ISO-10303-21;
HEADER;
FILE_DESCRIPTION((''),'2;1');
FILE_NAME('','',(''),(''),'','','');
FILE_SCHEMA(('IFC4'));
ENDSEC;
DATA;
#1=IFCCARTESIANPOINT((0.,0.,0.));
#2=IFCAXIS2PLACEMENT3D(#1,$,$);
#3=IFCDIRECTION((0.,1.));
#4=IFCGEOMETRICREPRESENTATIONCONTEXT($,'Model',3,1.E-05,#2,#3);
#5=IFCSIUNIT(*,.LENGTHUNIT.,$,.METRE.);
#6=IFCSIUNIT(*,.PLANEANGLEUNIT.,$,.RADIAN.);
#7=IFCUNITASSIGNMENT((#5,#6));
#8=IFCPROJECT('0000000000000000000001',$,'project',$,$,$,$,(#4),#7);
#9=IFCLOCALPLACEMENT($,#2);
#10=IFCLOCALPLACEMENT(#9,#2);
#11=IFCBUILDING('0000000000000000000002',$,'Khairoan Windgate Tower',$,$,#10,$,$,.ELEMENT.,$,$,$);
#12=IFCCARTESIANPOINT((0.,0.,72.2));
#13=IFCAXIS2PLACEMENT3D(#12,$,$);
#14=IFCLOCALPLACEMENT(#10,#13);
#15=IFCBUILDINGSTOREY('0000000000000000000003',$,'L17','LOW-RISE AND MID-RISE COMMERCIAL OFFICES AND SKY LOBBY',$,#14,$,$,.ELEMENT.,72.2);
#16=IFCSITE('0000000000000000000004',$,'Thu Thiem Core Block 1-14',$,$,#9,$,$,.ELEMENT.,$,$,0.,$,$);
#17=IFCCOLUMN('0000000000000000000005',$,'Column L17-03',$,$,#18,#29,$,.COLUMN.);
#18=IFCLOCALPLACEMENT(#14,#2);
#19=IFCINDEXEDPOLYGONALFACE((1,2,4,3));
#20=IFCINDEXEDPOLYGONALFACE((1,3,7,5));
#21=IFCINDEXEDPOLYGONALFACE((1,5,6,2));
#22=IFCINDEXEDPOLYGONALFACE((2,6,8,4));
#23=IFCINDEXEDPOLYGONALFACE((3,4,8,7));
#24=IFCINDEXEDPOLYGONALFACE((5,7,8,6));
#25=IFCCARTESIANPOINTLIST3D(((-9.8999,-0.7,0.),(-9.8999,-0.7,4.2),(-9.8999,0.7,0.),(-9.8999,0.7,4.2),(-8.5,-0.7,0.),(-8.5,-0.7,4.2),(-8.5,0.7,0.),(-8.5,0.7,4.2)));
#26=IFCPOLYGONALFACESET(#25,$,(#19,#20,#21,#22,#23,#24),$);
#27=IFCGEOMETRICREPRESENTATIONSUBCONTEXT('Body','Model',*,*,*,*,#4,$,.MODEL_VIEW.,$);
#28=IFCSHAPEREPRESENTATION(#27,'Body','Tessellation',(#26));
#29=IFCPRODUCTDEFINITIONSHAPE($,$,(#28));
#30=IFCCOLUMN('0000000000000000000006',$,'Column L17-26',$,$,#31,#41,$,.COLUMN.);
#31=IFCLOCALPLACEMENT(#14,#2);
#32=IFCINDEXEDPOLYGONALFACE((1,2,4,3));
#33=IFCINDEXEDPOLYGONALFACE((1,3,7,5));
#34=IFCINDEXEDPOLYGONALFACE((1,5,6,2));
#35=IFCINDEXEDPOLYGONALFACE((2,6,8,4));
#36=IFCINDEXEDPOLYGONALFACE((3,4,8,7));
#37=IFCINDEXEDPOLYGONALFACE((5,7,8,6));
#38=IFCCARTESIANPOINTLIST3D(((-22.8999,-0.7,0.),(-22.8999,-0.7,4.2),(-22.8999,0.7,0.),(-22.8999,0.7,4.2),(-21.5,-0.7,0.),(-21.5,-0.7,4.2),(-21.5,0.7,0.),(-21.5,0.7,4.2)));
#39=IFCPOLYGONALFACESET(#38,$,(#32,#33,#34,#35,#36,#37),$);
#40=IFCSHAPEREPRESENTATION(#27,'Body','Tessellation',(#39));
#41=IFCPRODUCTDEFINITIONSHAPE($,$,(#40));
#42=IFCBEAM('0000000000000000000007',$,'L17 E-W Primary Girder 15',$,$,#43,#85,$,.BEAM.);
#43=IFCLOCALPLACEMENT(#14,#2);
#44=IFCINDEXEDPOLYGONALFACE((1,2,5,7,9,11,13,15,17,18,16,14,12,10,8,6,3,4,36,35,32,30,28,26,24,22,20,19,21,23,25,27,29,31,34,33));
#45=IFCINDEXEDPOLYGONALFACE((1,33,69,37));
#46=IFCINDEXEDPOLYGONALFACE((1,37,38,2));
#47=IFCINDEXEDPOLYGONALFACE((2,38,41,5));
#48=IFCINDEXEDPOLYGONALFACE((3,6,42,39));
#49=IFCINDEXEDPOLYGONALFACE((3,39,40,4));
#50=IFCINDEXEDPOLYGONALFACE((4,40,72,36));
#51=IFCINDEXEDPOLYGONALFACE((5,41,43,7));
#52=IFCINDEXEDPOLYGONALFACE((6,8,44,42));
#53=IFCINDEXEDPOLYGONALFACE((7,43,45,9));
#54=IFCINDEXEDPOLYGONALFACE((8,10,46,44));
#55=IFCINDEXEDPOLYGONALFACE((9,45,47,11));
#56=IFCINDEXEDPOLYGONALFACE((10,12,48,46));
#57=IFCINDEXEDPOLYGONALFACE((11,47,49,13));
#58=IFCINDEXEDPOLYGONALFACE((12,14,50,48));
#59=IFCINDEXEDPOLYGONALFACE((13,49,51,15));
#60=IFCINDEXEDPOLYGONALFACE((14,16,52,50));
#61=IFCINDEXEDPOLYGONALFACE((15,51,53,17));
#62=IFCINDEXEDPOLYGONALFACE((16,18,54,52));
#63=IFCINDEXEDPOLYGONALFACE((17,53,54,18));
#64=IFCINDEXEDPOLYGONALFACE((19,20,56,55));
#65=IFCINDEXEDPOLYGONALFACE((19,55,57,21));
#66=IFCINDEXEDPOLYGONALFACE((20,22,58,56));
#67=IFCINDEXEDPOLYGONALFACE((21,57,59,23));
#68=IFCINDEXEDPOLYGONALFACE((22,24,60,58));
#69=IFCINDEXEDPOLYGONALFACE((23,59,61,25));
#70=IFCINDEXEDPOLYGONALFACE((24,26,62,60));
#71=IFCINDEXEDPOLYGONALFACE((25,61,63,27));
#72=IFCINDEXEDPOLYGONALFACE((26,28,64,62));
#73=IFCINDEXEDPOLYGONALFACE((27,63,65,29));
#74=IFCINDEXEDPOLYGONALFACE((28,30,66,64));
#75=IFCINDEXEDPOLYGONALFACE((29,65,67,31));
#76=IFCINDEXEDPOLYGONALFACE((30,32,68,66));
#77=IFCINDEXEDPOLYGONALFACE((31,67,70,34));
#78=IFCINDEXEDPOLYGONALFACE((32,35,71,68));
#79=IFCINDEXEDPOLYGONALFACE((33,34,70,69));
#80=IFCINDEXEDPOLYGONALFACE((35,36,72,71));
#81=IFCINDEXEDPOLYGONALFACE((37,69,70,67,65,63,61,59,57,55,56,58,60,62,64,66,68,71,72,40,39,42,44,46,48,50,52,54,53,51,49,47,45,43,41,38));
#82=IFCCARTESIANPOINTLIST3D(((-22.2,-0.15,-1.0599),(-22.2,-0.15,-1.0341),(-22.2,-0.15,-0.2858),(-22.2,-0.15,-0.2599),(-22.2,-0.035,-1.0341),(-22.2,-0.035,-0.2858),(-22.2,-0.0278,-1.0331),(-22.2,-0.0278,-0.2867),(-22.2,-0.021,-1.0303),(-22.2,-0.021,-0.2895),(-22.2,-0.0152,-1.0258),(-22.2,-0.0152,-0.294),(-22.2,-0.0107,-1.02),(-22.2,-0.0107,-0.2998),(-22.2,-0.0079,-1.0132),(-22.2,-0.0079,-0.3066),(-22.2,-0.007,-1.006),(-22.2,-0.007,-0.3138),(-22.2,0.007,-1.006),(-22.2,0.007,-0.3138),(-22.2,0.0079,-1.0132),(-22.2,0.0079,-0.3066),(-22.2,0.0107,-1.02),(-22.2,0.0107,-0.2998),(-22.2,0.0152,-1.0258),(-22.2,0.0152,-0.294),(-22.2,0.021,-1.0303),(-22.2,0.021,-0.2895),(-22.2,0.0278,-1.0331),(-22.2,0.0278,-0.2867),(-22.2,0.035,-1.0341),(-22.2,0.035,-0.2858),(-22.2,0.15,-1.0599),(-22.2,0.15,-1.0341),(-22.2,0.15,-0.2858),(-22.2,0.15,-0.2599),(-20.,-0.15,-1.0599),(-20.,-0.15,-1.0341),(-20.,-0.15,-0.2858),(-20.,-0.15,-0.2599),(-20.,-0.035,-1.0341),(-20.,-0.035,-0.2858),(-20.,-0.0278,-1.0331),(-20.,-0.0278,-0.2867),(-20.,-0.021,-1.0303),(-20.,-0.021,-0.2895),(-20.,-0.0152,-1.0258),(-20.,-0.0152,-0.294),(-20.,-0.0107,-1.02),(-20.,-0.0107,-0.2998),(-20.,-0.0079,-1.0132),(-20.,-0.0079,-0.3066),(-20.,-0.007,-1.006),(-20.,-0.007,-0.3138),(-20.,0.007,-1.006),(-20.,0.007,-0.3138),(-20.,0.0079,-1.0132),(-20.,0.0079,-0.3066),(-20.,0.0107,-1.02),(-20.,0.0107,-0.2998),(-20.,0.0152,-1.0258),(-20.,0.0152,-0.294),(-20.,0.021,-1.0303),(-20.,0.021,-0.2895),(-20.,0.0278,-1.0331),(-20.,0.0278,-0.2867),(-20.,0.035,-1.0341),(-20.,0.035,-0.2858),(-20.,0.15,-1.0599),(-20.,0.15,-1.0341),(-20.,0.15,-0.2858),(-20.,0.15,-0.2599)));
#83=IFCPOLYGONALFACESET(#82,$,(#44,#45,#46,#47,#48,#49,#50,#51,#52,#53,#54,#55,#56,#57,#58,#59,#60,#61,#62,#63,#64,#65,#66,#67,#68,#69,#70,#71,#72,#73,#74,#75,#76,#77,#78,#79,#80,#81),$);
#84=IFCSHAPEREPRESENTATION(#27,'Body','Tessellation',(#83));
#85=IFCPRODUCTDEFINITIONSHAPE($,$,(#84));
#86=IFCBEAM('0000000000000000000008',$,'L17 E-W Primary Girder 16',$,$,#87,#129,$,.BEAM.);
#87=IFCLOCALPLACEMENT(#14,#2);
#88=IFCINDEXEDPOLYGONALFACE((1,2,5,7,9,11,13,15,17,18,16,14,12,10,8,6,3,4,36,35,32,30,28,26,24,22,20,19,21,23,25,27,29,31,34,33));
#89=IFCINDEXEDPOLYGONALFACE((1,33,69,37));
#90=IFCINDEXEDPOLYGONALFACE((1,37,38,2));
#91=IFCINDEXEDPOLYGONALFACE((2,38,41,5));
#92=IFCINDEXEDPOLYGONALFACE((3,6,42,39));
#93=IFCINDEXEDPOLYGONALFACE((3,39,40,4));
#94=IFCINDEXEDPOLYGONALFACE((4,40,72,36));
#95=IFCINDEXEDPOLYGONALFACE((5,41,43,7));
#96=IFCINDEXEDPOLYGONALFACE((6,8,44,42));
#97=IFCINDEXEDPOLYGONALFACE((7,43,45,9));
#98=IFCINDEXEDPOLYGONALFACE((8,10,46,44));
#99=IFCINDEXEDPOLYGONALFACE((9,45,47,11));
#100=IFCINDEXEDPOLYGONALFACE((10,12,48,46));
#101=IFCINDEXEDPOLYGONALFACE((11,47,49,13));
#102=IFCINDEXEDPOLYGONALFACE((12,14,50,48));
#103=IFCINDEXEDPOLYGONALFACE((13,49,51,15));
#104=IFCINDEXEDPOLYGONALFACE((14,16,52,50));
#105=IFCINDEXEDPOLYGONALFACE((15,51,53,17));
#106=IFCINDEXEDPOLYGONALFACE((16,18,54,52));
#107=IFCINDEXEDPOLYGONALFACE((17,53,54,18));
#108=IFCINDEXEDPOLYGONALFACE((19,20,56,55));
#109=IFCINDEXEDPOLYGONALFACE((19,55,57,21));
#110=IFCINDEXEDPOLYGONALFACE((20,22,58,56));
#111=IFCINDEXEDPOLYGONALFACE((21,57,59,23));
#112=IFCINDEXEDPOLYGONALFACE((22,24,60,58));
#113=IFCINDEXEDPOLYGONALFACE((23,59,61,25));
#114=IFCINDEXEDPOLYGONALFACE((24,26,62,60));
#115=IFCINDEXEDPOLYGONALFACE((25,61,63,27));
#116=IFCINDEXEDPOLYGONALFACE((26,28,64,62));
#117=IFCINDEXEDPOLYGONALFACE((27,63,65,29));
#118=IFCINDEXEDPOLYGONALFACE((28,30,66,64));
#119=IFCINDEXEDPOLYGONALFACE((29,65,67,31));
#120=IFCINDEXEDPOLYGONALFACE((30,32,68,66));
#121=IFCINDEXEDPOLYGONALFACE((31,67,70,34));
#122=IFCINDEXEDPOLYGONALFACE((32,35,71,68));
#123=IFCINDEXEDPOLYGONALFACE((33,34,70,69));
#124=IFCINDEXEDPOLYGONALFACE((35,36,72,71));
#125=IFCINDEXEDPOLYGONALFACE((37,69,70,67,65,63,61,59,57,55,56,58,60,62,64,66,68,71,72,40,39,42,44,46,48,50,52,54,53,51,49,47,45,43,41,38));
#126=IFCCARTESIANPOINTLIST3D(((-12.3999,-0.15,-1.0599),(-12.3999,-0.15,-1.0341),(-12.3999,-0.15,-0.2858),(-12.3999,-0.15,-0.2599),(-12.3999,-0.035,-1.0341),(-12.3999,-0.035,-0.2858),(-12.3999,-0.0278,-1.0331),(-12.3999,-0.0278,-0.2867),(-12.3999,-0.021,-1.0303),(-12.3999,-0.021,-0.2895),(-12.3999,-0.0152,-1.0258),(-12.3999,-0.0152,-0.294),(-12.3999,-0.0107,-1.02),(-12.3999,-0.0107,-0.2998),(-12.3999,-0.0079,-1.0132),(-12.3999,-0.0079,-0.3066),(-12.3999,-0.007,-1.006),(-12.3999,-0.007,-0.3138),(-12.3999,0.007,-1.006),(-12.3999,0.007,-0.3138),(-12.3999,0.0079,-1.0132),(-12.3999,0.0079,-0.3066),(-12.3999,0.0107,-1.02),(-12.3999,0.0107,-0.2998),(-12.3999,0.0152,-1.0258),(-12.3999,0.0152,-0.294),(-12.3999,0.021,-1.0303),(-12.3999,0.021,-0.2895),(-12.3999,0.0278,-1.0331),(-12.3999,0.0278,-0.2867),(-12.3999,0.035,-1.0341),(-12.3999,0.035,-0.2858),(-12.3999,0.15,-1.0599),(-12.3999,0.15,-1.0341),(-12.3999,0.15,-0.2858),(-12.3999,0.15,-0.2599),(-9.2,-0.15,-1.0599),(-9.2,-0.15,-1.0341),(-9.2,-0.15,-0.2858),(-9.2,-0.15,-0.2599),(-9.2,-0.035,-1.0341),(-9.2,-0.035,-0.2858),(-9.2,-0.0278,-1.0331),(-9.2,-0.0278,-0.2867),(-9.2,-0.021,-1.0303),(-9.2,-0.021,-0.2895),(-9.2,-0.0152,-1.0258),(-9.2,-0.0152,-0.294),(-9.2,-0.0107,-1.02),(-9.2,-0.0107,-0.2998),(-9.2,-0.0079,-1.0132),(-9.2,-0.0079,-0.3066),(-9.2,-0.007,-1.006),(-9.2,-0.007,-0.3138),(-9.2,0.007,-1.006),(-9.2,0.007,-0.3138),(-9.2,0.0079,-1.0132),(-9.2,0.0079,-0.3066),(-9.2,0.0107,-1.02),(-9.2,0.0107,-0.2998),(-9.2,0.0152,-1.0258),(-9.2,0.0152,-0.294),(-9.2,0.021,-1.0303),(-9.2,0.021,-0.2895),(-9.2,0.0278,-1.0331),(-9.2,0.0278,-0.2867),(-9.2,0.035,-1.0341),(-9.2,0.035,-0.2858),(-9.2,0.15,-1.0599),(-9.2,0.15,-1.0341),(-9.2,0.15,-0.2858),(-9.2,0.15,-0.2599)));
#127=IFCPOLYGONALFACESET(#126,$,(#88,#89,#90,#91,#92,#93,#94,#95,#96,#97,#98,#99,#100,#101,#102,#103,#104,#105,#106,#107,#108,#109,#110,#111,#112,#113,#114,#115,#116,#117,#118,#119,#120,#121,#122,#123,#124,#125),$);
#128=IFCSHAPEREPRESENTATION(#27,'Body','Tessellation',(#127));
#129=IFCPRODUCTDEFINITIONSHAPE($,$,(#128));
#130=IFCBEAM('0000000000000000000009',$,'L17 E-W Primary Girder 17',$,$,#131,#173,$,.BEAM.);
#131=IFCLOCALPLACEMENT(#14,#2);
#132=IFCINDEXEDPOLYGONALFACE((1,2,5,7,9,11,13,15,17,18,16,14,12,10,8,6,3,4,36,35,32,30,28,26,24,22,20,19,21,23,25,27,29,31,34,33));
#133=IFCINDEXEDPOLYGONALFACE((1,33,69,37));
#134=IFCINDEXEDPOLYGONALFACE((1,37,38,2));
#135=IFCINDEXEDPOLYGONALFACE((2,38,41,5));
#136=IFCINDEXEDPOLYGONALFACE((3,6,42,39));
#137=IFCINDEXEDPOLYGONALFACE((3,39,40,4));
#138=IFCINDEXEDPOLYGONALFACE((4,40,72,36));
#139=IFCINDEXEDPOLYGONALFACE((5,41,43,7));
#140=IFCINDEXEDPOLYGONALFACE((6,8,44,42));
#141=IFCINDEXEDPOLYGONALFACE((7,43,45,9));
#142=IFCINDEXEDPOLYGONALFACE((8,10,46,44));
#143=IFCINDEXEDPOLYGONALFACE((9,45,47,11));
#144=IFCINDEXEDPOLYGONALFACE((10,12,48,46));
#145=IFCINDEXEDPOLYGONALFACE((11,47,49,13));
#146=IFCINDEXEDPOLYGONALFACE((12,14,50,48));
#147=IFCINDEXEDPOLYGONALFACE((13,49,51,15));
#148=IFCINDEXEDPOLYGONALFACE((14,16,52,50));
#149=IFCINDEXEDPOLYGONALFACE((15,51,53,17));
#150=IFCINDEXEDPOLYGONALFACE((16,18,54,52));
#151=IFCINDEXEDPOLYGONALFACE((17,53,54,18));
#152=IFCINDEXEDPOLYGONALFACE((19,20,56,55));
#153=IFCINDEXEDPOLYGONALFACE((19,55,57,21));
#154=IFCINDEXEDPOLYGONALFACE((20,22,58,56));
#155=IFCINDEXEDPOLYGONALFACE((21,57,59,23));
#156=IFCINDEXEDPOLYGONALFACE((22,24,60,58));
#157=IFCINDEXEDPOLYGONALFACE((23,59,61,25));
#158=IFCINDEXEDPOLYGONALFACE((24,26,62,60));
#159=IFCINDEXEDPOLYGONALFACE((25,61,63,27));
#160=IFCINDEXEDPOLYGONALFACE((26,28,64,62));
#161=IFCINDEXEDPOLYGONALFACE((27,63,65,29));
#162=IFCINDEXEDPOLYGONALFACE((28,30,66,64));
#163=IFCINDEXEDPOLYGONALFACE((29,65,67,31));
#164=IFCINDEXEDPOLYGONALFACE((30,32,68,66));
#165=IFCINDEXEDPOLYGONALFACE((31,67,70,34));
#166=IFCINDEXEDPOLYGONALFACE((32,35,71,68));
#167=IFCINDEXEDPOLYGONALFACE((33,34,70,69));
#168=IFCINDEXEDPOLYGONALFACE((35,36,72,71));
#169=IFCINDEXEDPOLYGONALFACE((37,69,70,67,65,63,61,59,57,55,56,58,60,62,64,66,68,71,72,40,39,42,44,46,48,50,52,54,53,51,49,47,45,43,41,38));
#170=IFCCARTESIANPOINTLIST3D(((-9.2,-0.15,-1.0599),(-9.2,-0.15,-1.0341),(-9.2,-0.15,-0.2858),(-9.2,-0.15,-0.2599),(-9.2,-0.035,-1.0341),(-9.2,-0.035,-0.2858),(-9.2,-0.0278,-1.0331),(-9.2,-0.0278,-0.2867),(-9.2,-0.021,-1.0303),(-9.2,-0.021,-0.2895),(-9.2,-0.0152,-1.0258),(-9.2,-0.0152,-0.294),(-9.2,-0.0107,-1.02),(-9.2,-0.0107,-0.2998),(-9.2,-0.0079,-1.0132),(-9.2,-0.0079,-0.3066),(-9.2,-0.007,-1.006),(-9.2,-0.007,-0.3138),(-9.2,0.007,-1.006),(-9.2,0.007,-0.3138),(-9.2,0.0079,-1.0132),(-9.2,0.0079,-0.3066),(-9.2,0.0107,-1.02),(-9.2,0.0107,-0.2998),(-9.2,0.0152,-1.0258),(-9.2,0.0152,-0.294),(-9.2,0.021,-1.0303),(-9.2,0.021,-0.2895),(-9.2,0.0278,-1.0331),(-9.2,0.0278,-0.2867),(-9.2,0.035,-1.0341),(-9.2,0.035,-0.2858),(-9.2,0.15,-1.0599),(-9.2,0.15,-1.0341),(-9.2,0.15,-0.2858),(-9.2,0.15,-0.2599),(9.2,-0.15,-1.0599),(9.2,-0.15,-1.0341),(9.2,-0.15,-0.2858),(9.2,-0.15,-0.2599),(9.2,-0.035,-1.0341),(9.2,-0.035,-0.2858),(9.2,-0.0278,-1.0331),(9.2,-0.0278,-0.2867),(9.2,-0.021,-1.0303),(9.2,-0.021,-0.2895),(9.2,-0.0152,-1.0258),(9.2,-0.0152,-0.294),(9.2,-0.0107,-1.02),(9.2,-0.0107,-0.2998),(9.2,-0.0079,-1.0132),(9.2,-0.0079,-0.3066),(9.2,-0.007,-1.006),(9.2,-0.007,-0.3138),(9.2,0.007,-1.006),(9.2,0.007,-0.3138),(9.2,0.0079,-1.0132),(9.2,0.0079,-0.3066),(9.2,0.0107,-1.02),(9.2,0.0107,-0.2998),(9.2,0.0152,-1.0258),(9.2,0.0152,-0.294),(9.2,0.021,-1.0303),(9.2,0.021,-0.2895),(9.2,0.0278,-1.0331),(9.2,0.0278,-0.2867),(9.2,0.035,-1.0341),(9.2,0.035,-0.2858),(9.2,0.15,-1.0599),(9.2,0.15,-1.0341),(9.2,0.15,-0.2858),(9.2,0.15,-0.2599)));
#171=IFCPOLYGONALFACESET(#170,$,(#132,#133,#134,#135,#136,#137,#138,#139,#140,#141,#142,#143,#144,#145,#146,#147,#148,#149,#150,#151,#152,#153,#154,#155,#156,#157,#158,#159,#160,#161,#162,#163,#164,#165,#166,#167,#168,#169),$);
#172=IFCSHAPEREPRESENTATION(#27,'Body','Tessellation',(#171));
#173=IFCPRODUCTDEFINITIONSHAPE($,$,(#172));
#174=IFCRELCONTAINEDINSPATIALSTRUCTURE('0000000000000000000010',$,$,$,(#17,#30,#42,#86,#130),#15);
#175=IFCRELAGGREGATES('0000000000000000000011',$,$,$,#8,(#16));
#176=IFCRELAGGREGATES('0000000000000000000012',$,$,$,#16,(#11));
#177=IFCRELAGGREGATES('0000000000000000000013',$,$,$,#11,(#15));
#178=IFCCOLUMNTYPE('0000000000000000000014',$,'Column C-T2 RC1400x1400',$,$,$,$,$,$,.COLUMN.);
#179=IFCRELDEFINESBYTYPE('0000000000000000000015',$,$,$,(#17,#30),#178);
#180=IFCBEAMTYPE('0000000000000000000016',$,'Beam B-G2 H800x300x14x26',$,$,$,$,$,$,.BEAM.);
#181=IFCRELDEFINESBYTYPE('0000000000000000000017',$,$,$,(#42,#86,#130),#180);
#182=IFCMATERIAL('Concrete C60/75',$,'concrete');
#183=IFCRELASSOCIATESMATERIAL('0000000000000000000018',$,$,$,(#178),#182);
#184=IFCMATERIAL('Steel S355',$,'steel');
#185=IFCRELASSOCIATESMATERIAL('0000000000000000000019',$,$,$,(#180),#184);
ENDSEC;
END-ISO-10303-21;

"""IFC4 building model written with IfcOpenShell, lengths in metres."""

from ifc_helpers import new_model, si_unit, direction, frame, origin, origin_2d, place, context, subcontext, project, spatial, rectangle, i_section, extrude, material, material_profile, profile_set, type_object, element, save


model = new_model("IFC4")

# Units and contexts
model_context = context("Model", 3, precision=1e-05, world=origin(), true_north=direction((0.0, 1.0)))
body_context = subcontext(model_context, "Body", "Model", "MODEL_VIEW")
ifc_project = project(units=[si_unit("LENGTHUNIT", "METRE"), si_unit("PLANEANGLEUNIT", "RADIAN")], contexts=[model_context])

# Site, building, storey
site_placement = place(None, origin())
site = spatial("IfcSite", under=ifc_project, at=site_placement, Name="Thu Thiem Core Block 1-14", CompositionType="ELEMENT", RefElevation=0.0)
building_placement = place(site_placement, origin())
building = spatial("IfcBuilding", under=site, at=building_placement, Name="Khairoan Windgate Tower", CompositionType="ELEMENT")
storey_placement = place(building_placement, frame((0.0, 0.0, 72.2)))
storey = spatial("IfcBuildingStorey", under=building, at=storey_placement, Name="L17", Description="LOW-RISE AND MID-RISE COMMERCIAL OFFICES AND SKY LOBBY", CompositionType="ELEMENT", Elevation=72.2)

# Columns
ifc_material_1 = material(Name="Concrete C60/75", Category="concrete")
ifc_material_profile_1 = material_profile(ifc_material_1, rectangle(XDim=1.3999, YDim=1.3999, at=origin_2d()))
ifc_profile_set_1 = profile_set([ifc_material_profile_1], Name="Concrete C60/75")
column_type = type_object("IfcColumnType", Name="Column C-T2 RC1400x1400", PredefinedType="COLUMN", material=ifc_profile_set_1)
for number, where, z_axis, x_axis, name in (
    (1, (-9.2, 0.0, 0.0), (0.0, 0.0, 1.0), (1.0, 0.0, 0.0), "Column L17-03"),
    (2, (-22.2, 0.0, 0.0), (0.0, 0.0, 1.0), (1.0, 0.0, 0.0), "Column L17-26"),
):
    element("IfcColumn", number, at=place(storey_placement, frame(where, z_axis=z_axis, x_axis=x_axis)), inside=storey, type_object=column_type, Name=name, PredefinedType="COLUMN", context=body_context, shape_type="SweptSolid", body=[
        extrude(rectangle(XDim=1.3999, YDim=1.3999, at=origin_2d()), origin(), (0.0, 0.0, 1.0), 4.2),
    ])

# Beams
ifc_material_2 = material(Name="Steel S355", Category="steel")
ifc_material_profile_2 = material_profile(ifc_material_2, i_section(OverallWidth=0.3, OverallDepth=0.8, WebThickness=0.0139, FlangeThickness=0.0259, FilletRadius=0.0281, at=origin_2d()))
ifc_profile_set_2 = profile_set([ifc_material_profile_2], Name="Steel S355")
beam_type_1 = type_object("IfcBeamType", Name="Beam B-G2 H800x300x14x26", PredefinedType="BEAM", material=ifc_profile_set_2)
beam_1_placement = place(storey_placement, frame((-22.2, 0.0, -0.6599), z_axis=(1.0, 0.0, 0.0), x_axis=(0.0, 1.0, 0.0)))
element("IfcBeam", 3, at=beam_1_placement, inside=storey, type_object=beam_type_1, Name="L17 E-W Primary Girder 15", PredefinedType="BEAM", context=body_context, shape_type="SweptSolid", body=[
    extrude(i_section(OverallWidth=0.3, OverallDepth=0.8, WebThickness=0.0139, FlangeThickness=0.0259, FilletRadius=0.0281, at=origin_2d()), origin(), (0.0, 0.0, 1.0), 2.2),
])
beam_2_placement = place(storey_placement, frame((-12.3999, 0.0, -0.6599), z_axis=(1.0, 0.0, 0.0), x_axis=(0.0, 1.0, 0.0)))
element("IfcBeam", 4, at=beam_2_placement, inside=storey, type_object=beam_type_1, Name="L17 E-W Primary Girder 16", PredefinedType="BEAM", context=body_context, shape_type="SweptSolid", body=[
    extrude(i_section(OverallWidth=0.3, OverallDepth=0.8, WebThickness=0.0139, FlangeThickness=0.0259, FilletRadius=0.0281, at=origin_2d()), origin(), (0.0, 0.0, 1.0), 3.2),
])
beam_3_placement = place(storey_placement, frame((-9.2, 0.0, -0.6599), z_axis=(1.0, 0.0, 0.0), x_axis=(0.0, 1.0, 0.0)))
element("IfcBeam", 5, at=beam_3_placement, inside=storey, type_object=beam_type_1, Name="L17 E-W Primary Girder 17", PredefinedType="BEAM", context=body_context, shape_type="SweptSolid", body=[
    extrude(i_section(OverallWidth=0.3, OverallDepth=0.8, WebThickness=0.0139, FlangeThickness=0.0259, FilletRadius=0.0281, at=origin_2d()), origin(), (0.0, 0.0, 1.0), 18.3999),
])

save(model, "model.ifc")
